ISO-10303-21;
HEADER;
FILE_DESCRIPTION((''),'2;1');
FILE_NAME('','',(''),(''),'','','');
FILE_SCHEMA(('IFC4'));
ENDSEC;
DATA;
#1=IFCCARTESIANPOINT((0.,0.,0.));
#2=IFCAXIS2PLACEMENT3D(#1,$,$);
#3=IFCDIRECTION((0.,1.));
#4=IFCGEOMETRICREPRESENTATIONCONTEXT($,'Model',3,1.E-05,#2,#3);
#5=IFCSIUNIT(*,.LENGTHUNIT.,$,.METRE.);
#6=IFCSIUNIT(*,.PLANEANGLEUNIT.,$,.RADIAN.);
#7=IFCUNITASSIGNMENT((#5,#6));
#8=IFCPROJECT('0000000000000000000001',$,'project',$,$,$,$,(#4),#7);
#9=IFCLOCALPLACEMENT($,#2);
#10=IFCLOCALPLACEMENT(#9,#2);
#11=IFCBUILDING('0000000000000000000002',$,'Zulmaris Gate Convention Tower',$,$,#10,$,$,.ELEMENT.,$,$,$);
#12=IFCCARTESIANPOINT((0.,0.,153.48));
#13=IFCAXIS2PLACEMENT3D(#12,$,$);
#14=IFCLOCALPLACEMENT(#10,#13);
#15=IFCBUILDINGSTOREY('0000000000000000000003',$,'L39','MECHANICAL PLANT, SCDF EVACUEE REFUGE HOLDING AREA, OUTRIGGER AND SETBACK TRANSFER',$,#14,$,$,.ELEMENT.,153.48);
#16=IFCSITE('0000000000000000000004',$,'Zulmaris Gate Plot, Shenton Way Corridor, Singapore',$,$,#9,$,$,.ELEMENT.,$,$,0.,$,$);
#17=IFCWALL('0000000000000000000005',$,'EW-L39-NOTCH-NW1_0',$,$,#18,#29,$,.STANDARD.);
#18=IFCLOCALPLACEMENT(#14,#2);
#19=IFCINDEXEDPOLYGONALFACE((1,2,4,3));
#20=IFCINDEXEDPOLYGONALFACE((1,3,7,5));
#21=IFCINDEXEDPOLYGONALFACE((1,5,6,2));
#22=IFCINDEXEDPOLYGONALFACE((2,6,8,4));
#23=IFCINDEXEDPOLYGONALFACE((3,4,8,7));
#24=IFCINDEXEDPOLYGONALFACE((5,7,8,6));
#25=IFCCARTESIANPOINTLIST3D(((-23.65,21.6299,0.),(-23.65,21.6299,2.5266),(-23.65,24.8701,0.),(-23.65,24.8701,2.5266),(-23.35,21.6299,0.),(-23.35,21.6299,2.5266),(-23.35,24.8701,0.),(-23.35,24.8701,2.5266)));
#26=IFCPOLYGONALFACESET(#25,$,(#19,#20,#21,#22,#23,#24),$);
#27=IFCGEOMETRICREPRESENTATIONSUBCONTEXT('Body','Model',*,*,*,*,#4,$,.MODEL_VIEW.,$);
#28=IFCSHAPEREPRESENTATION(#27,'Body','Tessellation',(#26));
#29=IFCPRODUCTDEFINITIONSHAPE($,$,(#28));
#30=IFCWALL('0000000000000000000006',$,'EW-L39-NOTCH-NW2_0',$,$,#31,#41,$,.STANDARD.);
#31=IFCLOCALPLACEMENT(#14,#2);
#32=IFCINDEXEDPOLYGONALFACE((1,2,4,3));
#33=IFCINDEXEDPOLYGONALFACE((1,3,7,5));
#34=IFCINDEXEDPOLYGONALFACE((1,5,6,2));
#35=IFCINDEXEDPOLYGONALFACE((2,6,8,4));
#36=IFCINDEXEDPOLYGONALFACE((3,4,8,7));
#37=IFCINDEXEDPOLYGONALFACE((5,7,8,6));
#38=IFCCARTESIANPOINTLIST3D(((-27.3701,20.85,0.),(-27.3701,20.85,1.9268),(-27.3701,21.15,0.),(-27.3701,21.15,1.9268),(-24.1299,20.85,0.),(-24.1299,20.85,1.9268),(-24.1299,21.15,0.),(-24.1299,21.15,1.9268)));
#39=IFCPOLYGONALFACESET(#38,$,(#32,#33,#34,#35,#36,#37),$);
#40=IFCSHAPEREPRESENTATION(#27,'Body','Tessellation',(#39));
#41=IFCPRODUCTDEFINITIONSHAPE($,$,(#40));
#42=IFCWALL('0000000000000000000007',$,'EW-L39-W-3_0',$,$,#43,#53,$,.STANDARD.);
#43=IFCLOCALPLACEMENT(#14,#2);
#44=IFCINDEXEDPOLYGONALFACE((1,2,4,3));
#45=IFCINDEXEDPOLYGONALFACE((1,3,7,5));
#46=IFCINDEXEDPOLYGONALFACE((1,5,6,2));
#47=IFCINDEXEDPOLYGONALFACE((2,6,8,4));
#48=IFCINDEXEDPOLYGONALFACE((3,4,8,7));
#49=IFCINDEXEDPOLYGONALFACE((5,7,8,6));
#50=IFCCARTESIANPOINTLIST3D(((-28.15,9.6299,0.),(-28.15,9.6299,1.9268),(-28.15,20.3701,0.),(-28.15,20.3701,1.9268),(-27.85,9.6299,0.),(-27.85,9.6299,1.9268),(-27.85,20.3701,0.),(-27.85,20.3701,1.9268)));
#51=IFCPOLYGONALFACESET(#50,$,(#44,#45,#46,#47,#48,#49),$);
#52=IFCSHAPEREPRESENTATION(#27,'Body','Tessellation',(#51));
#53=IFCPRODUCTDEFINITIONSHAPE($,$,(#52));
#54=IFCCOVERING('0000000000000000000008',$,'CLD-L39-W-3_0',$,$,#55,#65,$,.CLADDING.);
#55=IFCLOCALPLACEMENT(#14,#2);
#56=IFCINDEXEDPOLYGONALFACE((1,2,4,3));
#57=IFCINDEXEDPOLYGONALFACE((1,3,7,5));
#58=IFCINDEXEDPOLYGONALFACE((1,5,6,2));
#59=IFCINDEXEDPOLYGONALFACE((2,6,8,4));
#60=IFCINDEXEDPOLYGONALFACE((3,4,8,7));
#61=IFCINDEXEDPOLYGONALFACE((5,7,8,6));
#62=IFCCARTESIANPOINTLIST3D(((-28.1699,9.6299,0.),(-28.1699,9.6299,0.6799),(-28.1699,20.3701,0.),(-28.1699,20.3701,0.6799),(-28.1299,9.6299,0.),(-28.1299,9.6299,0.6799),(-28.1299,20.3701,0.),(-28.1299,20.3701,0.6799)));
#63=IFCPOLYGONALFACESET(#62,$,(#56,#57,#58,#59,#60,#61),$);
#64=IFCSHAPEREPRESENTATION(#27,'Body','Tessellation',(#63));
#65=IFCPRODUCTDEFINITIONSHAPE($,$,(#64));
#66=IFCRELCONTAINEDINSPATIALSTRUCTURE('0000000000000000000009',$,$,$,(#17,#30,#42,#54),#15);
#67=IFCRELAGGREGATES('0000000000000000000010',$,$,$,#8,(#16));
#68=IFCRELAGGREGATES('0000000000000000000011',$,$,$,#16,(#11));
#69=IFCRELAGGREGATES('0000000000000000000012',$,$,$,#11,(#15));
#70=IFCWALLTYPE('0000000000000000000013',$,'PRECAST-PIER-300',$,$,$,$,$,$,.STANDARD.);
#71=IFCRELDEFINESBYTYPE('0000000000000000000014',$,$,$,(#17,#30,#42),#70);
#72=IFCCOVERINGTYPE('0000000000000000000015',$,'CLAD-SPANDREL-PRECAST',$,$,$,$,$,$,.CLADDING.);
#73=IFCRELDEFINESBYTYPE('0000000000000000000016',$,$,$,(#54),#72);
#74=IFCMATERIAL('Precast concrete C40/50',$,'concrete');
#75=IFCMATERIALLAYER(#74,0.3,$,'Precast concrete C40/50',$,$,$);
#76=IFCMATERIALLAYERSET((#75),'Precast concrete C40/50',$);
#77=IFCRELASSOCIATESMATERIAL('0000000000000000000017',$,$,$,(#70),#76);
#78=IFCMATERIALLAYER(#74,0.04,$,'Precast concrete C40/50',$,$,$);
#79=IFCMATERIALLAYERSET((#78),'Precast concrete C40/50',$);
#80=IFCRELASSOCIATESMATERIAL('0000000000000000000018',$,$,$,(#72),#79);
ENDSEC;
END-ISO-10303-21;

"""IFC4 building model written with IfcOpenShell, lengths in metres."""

from ifc_helpers import new_model, si_unit, direction, frame, frame_2d, origin, place, context, subcontext, project, spatial, rectangle, extrude, material, layer, layer_set, type_object, element, save


model = new_model("IFC4")

# Units and contexts
model_context = context("Model", 3, precision=1e-05, world=origin(), true_north=direction((0.0, 1.0)))
body_context = subcontext(model_context, "Body", "Model", "MODEL_VIEW")
ifc_project = project(units=[si_unit("LENGTHUNIT", "METRE"), si_unit("PLANEANGLEUNIT", "RADIAN")], contexts=[model_context])

# Site, building, storey
site_placement = place(None, origin())
site = spatial("IfcSite", under=ifc_project, at=site_placement, Name="Zulmaris Gate Plot, Shenton Way Corridor, Singapore", CompositionType="ELEMENT", RefElevation=0.0)
building_placement = place(site_placement, origin())
building = spatial("IfcBuilding", under=site, at=building_placement, Name="Zulmaris Gate Convention Tower", CompositionType="ELEMENT")
storey_placement = place(building_placement, frame((0.0, 0.0, 153.48)))
storey = spatial("IfcBuildingStorey", under=building, at=storey_placement, Name="L39", Description="MECHANICAL PLANT, SCDF EVACUEE REFUGE HOLDING AREA, OUTRIGGER AND SETBACK TRANSFER", CompositionType="ELEMENT", Elevation=153.48)

# Walls
ifc_material_1 = material(Name="Precast concrete C40/50", Category="concrete")
ifc_layer_1 = layer(ifc_material_1, 0.3, Name="Precast concrete C40/50")
ifc_layer_set_1 = layer_set([ifc_layer_1], Name="Precast concrete C40/50")
wall_type_1 = type_object("IfcWallType", Name="PRECAST-PIER-300", PredefinedType="STANDARD", material=ifc_layer_set_1)
wall_1_placement = place(storey_placement, frame((-23.5, 24.8701, 0.0), z_axis=(0.0, 0.0, 1.0), x_axis=(0.0, -1.0, 0.0)))
element("IfcWall", 1, at=wall_1_placement, inside=storey, type_object=wall_type_1, Name="EW-L39-NOTCH-NW1_0", PredefinedType="STANDARD", context=body_context, shape_type="SweptSolid", body=[
    extrude(rectangle(XDim=3.2402, YDim=0.3, at=frame_2d((1.6201, 0.0))), origin(), (0.0, 0.0, 1.0), 2.5266),
])
wall_2_placement = place(storey_placement, frame((-24.1299, 21.0, 0.0), z_axis=(0.0, 0.0, 1.0), x_axis=(-1.0, 0.0, 0.0)))
element("IfcWall", 2, at=wall_2_placement, inside=storey, type_object=wall_type_1, Name="EW-L39-NOTCH-NW2_0", PredefinedType="STANDARD", context=body_context, shape_type="SweptSolid", body=[
    extrude(rectangle(XDim=3.2402, YDim=0.3, at=frame_2d((1.6201, 0.0))), origin(), (0.0, 0.0, 1.0), 1.9268),
])
wall_3_placement = place(storey_placement, frame((-28.0, 20.3701, 0.0), z_axis=(0.0, 0.0, 1.0), x_axis=(0.0, -1.0, 0.0)))
element("IfcWall", 3, at=wall_3_placement, inside=storey, type_object=wall_type_1, Name="EW-L39-W-3_0", PredefinedType="STANDARD", context=body_context, shape_type="SweptSolid", body=[
    extrude(rectangle(XDim=10.7402, YDim=0.3, at=frame_2d((5.3701, 0.0))), origin(), (0.0, 0.0, 1.0), 1.9268),
])

# Covering
ifc_layer_2 = layer(ifc_material_1, 0.04, Name="Precast concrete C40/50")
ifc_layer_set_2 = layer_set([ifc_layer_2], Name="Precast concrete C40/50")
covering_type = type_object("IfcCoveringType", Name="CLAD-SPANDREL-PRECAST", PredefinedType="CLADDING", material=ifc_layer_set_2)
covering_placement = place(storey_placement, frame((-28.1499, 20.3701, 0.0), z_axis=(0.0, 0.0, 1.0), x_axis=(0.0, -1.0, 0.0)))
element("IfcCovering", 4, at=covering_placement, inside=storey, type_object=covering_type, Name="CLD-L39-W-3_0", PredefinedType="CLADDING", context=body_context, shape_type="SweptSolid", body=[
    extrude(rectangle(XDim=10.7402, YDim=0.04, at=frame_2d((5.3701, 0.0))), origin(), (0.0, 0.0, 1.0), 0.6799),
])

save(model, "model.ifc")
